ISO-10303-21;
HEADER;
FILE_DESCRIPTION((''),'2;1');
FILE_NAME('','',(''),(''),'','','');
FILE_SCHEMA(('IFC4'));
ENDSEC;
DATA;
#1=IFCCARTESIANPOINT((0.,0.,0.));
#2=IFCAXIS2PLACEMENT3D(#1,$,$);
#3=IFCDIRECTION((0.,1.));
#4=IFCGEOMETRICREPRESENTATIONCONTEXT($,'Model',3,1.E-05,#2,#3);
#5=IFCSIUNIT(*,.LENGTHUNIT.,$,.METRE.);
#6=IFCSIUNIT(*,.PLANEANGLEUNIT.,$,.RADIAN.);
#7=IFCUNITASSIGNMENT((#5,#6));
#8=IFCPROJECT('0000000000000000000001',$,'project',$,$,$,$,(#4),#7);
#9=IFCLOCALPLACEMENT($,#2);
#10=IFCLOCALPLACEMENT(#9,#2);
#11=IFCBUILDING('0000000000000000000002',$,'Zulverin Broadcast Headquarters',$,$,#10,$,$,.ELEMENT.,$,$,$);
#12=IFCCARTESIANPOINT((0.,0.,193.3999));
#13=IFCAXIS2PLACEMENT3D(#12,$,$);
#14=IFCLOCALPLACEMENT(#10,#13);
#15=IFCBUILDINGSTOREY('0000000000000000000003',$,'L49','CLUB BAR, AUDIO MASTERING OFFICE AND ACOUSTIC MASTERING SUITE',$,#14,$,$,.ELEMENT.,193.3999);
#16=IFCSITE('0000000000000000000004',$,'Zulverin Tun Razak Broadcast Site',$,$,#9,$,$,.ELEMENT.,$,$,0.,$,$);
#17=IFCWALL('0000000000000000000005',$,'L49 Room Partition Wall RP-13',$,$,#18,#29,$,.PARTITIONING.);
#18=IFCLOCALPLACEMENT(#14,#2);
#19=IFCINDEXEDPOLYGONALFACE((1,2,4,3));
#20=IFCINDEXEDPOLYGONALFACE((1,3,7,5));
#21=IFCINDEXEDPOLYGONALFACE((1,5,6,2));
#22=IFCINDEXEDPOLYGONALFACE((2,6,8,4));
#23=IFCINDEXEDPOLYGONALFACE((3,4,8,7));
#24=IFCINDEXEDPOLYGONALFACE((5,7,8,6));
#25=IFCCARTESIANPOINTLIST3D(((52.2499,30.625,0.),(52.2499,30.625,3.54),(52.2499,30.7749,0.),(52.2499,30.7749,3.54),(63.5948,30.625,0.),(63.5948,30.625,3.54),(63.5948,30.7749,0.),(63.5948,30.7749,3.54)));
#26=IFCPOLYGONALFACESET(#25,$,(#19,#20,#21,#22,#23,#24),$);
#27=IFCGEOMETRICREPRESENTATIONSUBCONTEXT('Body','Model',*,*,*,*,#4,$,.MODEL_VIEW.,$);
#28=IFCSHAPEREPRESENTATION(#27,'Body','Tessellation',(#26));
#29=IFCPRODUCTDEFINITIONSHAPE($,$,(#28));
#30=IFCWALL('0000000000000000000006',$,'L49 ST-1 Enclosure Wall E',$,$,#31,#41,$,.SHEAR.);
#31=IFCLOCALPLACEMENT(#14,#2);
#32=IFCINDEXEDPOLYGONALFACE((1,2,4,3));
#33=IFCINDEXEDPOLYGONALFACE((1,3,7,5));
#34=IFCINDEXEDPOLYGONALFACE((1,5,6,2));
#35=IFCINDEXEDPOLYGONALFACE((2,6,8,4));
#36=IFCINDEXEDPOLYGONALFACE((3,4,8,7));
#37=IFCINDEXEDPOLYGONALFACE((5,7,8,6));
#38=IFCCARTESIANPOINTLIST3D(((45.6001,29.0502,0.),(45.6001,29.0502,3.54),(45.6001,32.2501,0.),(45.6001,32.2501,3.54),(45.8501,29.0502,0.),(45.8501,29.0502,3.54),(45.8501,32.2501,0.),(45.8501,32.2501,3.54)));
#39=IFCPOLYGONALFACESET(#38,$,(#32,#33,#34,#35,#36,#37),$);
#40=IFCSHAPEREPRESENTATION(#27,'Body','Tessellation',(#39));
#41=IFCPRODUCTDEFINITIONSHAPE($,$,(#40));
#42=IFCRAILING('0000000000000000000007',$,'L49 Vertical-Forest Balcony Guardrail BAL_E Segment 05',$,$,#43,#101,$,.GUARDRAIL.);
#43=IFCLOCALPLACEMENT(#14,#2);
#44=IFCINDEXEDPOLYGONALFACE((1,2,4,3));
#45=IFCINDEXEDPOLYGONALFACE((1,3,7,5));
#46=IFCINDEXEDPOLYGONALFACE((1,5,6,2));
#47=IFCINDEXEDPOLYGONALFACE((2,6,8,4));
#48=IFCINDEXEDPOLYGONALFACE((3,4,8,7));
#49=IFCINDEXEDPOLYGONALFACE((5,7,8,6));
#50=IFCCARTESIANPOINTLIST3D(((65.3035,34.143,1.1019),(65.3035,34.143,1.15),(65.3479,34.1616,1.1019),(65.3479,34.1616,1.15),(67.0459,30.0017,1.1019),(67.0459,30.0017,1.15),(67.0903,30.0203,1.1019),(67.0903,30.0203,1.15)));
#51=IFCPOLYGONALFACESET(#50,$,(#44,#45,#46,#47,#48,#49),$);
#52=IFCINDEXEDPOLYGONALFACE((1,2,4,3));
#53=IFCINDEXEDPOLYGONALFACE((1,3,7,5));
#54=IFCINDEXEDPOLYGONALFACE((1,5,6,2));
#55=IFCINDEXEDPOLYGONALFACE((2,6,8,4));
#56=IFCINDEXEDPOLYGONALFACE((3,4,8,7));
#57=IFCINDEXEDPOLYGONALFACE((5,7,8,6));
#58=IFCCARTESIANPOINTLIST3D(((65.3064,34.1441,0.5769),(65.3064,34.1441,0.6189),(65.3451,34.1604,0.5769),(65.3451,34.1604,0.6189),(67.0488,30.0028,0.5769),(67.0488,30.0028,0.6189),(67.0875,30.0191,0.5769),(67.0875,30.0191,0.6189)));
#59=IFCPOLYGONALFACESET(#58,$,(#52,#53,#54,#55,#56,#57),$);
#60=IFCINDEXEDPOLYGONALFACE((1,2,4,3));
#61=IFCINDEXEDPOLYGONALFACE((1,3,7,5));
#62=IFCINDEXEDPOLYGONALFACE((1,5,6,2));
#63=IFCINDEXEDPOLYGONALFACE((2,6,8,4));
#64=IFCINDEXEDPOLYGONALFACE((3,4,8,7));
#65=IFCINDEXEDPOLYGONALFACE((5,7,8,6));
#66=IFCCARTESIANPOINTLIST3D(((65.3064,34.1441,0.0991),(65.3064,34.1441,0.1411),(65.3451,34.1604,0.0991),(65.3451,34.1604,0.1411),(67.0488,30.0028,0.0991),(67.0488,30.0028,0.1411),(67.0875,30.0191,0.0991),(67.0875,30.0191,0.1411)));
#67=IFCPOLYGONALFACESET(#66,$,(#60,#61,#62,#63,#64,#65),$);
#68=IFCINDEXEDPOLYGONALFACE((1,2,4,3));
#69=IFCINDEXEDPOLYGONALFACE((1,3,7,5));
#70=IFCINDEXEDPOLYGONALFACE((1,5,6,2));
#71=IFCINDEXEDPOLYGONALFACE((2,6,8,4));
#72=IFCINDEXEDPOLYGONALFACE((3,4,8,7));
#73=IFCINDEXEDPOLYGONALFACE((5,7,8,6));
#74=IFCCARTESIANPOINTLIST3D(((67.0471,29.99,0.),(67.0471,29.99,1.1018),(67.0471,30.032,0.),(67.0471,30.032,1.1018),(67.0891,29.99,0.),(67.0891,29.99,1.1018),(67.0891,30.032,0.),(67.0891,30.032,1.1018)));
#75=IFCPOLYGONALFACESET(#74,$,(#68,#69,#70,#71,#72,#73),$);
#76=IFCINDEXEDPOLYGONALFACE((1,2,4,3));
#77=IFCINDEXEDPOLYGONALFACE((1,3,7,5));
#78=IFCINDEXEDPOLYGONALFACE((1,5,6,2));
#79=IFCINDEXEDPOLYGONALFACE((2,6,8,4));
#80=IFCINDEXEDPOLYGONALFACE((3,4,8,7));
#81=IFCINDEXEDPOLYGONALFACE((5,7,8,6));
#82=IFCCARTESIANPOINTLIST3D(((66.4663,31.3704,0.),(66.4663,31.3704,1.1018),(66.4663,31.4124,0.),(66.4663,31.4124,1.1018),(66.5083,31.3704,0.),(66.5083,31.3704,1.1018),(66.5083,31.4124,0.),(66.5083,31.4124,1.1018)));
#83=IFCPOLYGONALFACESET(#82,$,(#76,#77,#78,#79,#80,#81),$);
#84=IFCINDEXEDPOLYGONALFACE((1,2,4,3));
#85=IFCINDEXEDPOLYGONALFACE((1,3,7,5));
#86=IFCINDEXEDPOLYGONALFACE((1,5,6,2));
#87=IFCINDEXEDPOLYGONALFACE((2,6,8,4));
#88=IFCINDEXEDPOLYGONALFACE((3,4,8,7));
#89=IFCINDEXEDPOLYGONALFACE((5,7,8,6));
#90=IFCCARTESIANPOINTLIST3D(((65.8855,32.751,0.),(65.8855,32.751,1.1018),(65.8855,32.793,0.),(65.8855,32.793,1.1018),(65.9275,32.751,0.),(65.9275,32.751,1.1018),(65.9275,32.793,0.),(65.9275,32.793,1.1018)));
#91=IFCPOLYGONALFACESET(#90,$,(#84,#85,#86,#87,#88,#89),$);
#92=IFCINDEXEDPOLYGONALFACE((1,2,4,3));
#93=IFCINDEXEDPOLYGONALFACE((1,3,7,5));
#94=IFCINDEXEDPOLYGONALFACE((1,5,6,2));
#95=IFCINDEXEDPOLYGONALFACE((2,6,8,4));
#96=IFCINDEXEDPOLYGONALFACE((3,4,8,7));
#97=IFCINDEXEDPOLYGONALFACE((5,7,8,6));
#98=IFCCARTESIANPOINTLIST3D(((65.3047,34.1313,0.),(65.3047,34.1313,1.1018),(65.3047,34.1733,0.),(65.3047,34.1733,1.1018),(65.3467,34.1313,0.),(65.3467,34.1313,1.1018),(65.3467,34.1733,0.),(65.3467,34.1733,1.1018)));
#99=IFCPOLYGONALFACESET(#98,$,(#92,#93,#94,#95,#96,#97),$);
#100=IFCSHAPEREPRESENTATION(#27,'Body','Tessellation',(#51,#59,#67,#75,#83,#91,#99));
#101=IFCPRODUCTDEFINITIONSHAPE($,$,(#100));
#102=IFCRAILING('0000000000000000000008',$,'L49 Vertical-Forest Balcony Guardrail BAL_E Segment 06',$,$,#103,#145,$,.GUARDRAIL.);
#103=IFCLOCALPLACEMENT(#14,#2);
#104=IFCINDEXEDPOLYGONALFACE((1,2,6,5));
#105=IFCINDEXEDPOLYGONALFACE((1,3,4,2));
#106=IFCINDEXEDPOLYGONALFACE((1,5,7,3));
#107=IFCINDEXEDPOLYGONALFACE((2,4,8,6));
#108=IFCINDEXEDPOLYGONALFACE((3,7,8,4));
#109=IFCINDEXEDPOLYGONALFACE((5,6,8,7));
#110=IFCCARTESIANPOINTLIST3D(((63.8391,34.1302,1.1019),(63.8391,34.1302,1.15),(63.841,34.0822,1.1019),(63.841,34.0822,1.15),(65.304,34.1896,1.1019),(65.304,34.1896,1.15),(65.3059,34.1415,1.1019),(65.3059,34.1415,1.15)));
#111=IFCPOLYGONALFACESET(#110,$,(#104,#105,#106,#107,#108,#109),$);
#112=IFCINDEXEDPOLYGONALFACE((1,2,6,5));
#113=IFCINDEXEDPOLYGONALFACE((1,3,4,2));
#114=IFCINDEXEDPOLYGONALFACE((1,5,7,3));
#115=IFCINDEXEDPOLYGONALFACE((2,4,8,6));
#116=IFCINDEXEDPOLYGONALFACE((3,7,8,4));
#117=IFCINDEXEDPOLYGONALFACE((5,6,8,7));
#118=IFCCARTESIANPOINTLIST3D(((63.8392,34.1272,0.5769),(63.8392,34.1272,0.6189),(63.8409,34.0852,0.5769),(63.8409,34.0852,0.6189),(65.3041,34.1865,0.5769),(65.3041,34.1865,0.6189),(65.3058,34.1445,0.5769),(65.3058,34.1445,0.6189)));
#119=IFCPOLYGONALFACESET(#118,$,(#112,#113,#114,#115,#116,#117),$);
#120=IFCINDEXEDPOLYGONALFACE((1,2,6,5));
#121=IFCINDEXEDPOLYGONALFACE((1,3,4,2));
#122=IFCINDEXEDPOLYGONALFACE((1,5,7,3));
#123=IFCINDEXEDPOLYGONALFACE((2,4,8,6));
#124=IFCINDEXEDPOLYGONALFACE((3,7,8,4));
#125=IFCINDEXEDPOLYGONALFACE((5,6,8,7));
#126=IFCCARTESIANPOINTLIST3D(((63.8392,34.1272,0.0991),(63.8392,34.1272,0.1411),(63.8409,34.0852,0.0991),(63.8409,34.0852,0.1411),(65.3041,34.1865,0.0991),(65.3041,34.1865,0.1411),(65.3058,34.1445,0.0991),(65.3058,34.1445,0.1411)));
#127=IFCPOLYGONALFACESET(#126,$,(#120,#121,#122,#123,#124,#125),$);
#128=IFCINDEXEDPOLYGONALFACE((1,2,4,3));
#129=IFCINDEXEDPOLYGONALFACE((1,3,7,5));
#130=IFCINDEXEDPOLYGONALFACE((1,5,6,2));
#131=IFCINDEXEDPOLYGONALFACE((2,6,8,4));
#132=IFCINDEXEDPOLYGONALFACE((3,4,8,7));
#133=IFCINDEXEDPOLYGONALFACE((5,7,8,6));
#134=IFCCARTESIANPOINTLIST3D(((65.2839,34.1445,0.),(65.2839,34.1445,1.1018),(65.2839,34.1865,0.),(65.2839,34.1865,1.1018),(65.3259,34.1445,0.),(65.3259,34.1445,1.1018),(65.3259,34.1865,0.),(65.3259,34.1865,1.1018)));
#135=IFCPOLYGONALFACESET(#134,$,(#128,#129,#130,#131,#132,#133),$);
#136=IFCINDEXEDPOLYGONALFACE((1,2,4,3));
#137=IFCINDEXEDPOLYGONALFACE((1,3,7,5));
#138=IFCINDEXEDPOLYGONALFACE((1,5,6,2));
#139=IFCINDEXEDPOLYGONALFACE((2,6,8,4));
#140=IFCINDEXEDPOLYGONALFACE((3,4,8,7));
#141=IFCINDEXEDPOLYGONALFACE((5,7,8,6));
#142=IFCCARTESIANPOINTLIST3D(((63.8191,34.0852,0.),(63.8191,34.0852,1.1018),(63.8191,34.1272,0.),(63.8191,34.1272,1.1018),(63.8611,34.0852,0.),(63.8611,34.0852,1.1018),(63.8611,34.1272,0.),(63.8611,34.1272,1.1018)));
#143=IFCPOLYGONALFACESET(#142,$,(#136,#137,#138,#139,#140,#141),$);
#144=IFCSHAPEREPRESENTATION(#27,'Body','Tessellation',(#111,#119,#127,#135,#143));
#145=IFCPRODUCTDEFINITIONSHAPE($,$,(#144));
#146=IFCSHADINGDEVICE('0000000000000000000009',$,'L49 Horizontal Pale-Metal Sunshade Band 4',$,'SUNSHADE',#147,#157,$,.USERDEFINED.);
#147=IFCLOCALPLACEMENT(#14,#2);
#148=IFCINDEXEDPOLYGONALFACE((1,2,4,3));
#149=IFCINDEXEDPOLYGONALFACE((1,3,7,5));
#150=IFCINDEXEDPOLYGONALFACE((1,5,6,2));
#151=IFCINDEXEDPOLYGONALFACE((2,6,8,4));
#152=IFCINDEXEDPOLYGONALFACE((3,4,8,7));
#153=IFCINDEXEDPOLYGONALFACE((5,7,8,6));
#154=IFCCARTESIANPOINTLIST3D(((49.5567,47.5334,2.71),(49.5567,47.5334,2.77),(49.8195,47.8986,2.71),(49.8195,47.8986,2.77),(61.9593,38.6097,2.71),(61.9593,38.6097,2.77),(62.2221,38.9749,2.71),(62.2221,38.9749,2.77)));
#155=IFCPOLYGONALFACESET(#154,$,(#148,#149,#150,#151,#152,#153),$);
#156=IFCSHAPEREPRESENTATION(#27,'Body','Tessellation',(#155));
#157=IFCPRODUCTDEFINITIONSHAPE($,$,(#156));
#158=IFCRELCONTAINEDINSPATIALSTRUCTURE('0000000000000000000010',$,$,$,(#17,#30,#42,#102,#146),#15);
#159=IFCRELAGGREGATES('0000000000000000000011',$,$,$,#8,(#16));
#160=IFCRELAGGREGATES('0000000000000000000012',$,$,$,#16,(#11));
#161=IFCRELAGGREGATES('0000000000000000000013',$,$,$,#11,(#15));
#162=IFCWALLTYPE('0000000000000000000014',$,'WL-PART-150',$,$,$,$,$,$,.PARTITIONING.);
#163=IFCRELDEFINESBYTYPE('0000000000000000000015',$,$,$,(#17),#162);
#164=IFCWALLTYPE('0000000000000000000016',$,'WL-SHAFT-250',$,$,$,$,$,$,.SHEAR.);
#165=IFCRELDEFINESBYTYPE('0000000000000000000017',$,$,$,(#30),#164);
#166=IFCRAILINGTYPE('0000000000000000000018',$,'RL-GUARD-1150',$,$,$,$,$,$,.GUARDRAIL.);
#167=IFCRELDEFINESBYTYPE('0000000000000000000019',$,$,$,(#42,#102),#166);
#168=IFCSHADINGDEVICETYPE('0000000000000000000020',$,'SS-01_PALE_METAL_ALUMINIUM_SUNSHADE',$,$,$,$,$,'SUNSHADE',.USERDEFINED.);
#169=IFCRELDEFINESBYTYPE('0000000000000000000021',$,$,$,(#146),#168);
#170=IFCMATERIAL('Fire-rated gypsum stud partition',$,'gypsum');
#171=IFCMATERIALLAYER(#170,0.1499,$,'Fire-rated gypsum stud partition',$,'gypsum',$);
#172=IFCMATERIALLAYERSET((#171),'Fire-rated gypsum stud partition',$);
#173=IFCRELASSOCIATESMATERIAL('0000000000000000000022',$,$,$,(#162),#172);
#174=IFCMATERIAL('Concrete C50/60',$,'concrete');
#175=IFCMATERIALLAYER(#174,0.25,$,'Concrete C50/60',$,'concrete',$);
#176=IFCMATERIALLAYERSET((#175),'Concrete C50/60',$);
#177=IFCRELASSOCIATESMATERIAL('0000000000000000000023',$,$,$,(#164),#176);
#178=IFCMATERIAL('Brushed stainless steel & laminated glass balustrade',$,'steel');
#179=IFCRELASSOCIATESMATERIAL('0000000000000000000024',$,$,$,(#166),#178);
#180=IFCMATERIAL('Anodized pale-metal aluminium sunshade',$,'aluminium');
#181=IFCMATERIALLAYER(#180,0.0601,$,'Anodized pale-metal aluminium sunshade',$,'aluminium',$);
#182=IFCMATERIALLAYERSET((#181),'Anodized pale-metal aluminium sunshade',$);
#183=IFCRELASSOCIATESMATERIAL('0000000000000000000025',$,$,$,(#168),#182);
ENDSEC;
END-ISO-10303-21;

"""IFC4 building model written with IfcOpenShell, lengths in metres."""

from ifc_helpers import new_model, si_unit, direction, frame, frame_2d, origin, origin_2d, place, context, subcontext, project, spatial, rectangle, extrude, material, layer, layer_set, type_object, element, save


model = new_model("IFC4")

# Units and contexts
model_context = context("Model", 3, precision=1e-05, world=origin(), true_north=direction((0.0, 1.0)))
body_context = subcontext(model_context, "Body", "Model", "MODEL_VIEW")
ifc_project = project(units=[si_unit("LENGTHUNIT", "METRE"), si_unit("PLANEANGLEUNIT", "RADIAN")], contexts=[model_context])

# Site, building, storey
site_placement = place(None, origin())
site = spatial("IfcSite", under=ifc_project, at=site_placement, Name="Zulverin Tun Razak Broadcast Site", CompositionType="ELEMENT", RefElevation=0.0)
building_placement = place(site_placement, origin())
building = spatial("IfcBuilding", under=site, at=building_placement, Name="Zulverin Broadcast Headquarters", CompositionType="ELEMENT")
storey_placement = place(building_placement, frame((0.0, 0.0, 193.3999)))
storey = spatial("IfcBuildingStorey", under=building, at=storey_placement, Name="L49", Description="CLUB BAR, AUDIO MASTERING OFFICE AND ACOUSTIC MASTERING SUITE", CompositionType="ELEMENT", Elevation=193.3999)

# Shared definitions
ifc_material_1 = material(Name="Concrete C50/60", Category="concrete")

# Walls
ifc_material_2 = material(Name="Fire-rated gypsum stud partition", Category="gypsum")
ifc_layer_1 = layer(ifc_material_2, 0.1499, Name="Fire-rated gypsum stud partition", Category="gypsum")
ifc_layer_set_1 = layer_set([ifc_layer_1], Name="Fire-rated gypsum stud partition")
wall_type_1 = type_object("IfcWallType", Name="WL-PART-150", PredefinedType="PARTITIONING", material=ifc_layer_set_1)
wall_1_placement = place(storey_placement, frame((52.25, 30.7, 0.0), z_axis=(0.0, 0.0, 1.0), x_axis=(1.0, 0.0, 0.0)))
element("IfcWall", 1, at=wall_1_placement, inside=storey, type_object=wall_type_1, Name="L49 Room Partition Wall RP-13", PredefinedType="PARTITIONING", context=body_context, shape_type="SweptSolid", body=[
    extrude(rectangle(XDim=11.345, YDim=0.1499, at=frame_2d((5.6724, 0.0))), origin(), (0.0, 0.0, 1.0), 3.54),
])
ifc_layer_2 = layer(ifc_material_1, 0.25, Name="Concrete C50/60", Category="concrete")
ifc_layer_set_2 = layer_set([ifc_layer_2], Name="Concrete C50/60")
wall_type_2 = type_object("IfcWallType", Name="WL-SHAFT-250", PredefinedType="SHEAR", material=ifc_layer_set_2)
wall_2_placement = place(storey_placement, frame((45.7251, 29.05, 0.0), z_axis=(0.0, 0.0, 1.0), x_axis=(0.0, 1.0, 0.0)))
element("IfcWall", 2, at=wall_2_placement, inside=storey, type_object=wall_type_2, Name="L49 ST-1 Enclosure Wall E", PredefinedType="SHEAR", context=body_context, shape_type="SweptSolid", body=[
    extrude(rectangle(XDim=3.2, YDim=0.25, at=frame_2d((1.6001, 0.0))), origin(), (0.0, 0.0, 1.0), 3.54),
])

# Railings
ifc_material_3 = material(Name="Brushed stainless steel & laminated glass balustrade", Category="steel")
railing_type = type_object("IfcRailingType", Name="RL-GUARD-1150", PredefinedType="GUARDRAIL", material=ifc_material_3)
railing_1_placement = place(storey_placement, frame((67.0681, 30.011, 0.0)))
element("IfcRailing", 3, at=railing_1_placement, inside=storey, type_object=railing_type, Name="L49 Vertical-Forest Balcony Guardrail BAL_E Segment 05", PredefinedType="GUARDRAIL", context=body_context, shape_type="SweptSolid", body=[
    extrude(rectangle(XDim=0.0481, YDim=0.0481, at=origin_2d()), frame((0.0, 0.0, 1.126), z_axis=(-0.387812, 0.921739, 0.0), x_axis=(-0.921739, -0.387812, 0.0)), (0.0, 0.0, 1.0), 4.4929),
    extrude(rectangle(XDim=0.042, YDim=0.042, at=origin_2d()), frame((0.0, 0.0, 0.5979), z_axis=(-0.387812, 0.921739, 0.0), x_axis=(-0.921739, -0.387812, 0.0)), (0.0, 0.0, 1.0), 4.4929),
    extrude(rectangle(XDim=0.042, YDim=0.042, at=origin_2d()), frame((0.0, 0.0, 0.1201), z_axis=(-0.387812, 0.921739, 0.0), x_axis=(-0.921739, -0.387812, 0.0)), (0.0, 0.0, 1.0), 4.4929),
    extrude(rectangle(XDim=0.042, YDim=0.042, at=origin_2d()), origin(), (0.0, 0.0, 1.0), 1.1018),
    extrude(rectangle(XDim=0.042, YDim=0.042, at=origin_2d()), frame((-0.5808, 1.3804, 0.0)), (0.0, 0.0, 1.0), 1.1018),
    extrude(rectangle(XDim=0.042, YDim=0.042, at=origin_2d()), frame((-1.1616, 2.761, 0.0)), (0.0, 0.0, 1.0), 1.1018),
    extrude(rectangle(XDim=0.042, YDim=0.042, at=origin_2d()), frame((-1.7424, 4.1414, 0.0)), (0.0, 0.0, 1.0), 1.1018),
])
railing_2_placement = place(storey_placement, frame((65.3049, 34.1655, 0.0)))
element("IfcRailing", 4, at=railing_2_placement, inside=storey, type_object=railing_type, Name="L49 Vertical-Forest Balcony Guardrail BAL_E Segment 06", PredefinedType="GUARDRAIL", context=body_context, shape_type="SweptSolid", body=[
    extrude(rectangle(XDim=0.0481, YDim=0.0481, at=origin_2d()), frame((0.0, 0.0, 1.126), z_axis=(-0.999181, -0.040467, 0.0), x_axis=(0.040467, -0.999181, 0.0)), (0.0, 0.0, 1.0), 1.4661),
    extrude(rectangle(XDim=0.042, YDim=0.042, at=origin_2d()), frame((0.0, 0.0, 0.5979), z_axis=(-0.999181, -0.040467, 0.0), x_axis=(0.040467, -0.999181, 0.0)), (0.0, 0.0, 1.0), 1.4661),
    extrude(rectangle(XDim=0.042, YDim=0.042, at=origin_2d()), frame((0.0, 0.0, 0.1201), z_axis=(-0.999181, -0.040467, 0.0), x_axis=(0.040467, -0.999181, 0.0)), (0.0, 0.0, 1.0), 1.4661),
    extrude(rectangle(XDim=0.042, YDim=0.042, at=origin_2d()), origin(), (0.0, 0.0, 1.0), 1.1018),
    extrude(rectangle(XDim=0.042, YDim=0.042, at=origin_2d()), frame((-1.4648, -0.0593, 0.0)), (0.0, 0.0, 1.0), 1.1018),
])

# Shading device
ifc_material_4 = material(Name="Anodized pale-metal aluminium sunshade", Category="aluminium")
ifc_layer_3 = layer(ifc_material_4, 0.0601, Name="Anodized pale-metal aluminium sunshade", Category="aluminium")
ifc_layer_set_3 = layer_set([ifc_layer_3], Name="Anodized pale-metal aluminium sunshade")
shading_device_type = type_object("IfcShadingDeviceType", Name="SS-01_PALE_METAL_ALUMINIUM_SUNSHADE", ElementType="SUNSHADE", PredefinedType="USERDEFINED", material=ifc_layer_set_3)
shading_device_placement = place(storey_placement, frame((55.8894, 43.2542, 2.71), z_axis=(0.0, 0.0, 1.0), x_axis=(-0.811724, 0.584041, 0.0)))
element("IfcShadingDevice", 5, at=shading_device_placement, inside=storey, type_object=shading_device_type, Name="L49 Horizontal Pale-Metal Sunshade Band 4", ObjectType="SUNSHADE", PredefinedType="USERDEFINED", context=body_context, shape_type="SweptSolid", body=[
    extrude(rectangle(XDim=15.2793, YDim=0.45, at=origin_2d()), origin(), (0.0, 0.0, 1.0), 0.0601),
])

save(model, "model.ifc")
